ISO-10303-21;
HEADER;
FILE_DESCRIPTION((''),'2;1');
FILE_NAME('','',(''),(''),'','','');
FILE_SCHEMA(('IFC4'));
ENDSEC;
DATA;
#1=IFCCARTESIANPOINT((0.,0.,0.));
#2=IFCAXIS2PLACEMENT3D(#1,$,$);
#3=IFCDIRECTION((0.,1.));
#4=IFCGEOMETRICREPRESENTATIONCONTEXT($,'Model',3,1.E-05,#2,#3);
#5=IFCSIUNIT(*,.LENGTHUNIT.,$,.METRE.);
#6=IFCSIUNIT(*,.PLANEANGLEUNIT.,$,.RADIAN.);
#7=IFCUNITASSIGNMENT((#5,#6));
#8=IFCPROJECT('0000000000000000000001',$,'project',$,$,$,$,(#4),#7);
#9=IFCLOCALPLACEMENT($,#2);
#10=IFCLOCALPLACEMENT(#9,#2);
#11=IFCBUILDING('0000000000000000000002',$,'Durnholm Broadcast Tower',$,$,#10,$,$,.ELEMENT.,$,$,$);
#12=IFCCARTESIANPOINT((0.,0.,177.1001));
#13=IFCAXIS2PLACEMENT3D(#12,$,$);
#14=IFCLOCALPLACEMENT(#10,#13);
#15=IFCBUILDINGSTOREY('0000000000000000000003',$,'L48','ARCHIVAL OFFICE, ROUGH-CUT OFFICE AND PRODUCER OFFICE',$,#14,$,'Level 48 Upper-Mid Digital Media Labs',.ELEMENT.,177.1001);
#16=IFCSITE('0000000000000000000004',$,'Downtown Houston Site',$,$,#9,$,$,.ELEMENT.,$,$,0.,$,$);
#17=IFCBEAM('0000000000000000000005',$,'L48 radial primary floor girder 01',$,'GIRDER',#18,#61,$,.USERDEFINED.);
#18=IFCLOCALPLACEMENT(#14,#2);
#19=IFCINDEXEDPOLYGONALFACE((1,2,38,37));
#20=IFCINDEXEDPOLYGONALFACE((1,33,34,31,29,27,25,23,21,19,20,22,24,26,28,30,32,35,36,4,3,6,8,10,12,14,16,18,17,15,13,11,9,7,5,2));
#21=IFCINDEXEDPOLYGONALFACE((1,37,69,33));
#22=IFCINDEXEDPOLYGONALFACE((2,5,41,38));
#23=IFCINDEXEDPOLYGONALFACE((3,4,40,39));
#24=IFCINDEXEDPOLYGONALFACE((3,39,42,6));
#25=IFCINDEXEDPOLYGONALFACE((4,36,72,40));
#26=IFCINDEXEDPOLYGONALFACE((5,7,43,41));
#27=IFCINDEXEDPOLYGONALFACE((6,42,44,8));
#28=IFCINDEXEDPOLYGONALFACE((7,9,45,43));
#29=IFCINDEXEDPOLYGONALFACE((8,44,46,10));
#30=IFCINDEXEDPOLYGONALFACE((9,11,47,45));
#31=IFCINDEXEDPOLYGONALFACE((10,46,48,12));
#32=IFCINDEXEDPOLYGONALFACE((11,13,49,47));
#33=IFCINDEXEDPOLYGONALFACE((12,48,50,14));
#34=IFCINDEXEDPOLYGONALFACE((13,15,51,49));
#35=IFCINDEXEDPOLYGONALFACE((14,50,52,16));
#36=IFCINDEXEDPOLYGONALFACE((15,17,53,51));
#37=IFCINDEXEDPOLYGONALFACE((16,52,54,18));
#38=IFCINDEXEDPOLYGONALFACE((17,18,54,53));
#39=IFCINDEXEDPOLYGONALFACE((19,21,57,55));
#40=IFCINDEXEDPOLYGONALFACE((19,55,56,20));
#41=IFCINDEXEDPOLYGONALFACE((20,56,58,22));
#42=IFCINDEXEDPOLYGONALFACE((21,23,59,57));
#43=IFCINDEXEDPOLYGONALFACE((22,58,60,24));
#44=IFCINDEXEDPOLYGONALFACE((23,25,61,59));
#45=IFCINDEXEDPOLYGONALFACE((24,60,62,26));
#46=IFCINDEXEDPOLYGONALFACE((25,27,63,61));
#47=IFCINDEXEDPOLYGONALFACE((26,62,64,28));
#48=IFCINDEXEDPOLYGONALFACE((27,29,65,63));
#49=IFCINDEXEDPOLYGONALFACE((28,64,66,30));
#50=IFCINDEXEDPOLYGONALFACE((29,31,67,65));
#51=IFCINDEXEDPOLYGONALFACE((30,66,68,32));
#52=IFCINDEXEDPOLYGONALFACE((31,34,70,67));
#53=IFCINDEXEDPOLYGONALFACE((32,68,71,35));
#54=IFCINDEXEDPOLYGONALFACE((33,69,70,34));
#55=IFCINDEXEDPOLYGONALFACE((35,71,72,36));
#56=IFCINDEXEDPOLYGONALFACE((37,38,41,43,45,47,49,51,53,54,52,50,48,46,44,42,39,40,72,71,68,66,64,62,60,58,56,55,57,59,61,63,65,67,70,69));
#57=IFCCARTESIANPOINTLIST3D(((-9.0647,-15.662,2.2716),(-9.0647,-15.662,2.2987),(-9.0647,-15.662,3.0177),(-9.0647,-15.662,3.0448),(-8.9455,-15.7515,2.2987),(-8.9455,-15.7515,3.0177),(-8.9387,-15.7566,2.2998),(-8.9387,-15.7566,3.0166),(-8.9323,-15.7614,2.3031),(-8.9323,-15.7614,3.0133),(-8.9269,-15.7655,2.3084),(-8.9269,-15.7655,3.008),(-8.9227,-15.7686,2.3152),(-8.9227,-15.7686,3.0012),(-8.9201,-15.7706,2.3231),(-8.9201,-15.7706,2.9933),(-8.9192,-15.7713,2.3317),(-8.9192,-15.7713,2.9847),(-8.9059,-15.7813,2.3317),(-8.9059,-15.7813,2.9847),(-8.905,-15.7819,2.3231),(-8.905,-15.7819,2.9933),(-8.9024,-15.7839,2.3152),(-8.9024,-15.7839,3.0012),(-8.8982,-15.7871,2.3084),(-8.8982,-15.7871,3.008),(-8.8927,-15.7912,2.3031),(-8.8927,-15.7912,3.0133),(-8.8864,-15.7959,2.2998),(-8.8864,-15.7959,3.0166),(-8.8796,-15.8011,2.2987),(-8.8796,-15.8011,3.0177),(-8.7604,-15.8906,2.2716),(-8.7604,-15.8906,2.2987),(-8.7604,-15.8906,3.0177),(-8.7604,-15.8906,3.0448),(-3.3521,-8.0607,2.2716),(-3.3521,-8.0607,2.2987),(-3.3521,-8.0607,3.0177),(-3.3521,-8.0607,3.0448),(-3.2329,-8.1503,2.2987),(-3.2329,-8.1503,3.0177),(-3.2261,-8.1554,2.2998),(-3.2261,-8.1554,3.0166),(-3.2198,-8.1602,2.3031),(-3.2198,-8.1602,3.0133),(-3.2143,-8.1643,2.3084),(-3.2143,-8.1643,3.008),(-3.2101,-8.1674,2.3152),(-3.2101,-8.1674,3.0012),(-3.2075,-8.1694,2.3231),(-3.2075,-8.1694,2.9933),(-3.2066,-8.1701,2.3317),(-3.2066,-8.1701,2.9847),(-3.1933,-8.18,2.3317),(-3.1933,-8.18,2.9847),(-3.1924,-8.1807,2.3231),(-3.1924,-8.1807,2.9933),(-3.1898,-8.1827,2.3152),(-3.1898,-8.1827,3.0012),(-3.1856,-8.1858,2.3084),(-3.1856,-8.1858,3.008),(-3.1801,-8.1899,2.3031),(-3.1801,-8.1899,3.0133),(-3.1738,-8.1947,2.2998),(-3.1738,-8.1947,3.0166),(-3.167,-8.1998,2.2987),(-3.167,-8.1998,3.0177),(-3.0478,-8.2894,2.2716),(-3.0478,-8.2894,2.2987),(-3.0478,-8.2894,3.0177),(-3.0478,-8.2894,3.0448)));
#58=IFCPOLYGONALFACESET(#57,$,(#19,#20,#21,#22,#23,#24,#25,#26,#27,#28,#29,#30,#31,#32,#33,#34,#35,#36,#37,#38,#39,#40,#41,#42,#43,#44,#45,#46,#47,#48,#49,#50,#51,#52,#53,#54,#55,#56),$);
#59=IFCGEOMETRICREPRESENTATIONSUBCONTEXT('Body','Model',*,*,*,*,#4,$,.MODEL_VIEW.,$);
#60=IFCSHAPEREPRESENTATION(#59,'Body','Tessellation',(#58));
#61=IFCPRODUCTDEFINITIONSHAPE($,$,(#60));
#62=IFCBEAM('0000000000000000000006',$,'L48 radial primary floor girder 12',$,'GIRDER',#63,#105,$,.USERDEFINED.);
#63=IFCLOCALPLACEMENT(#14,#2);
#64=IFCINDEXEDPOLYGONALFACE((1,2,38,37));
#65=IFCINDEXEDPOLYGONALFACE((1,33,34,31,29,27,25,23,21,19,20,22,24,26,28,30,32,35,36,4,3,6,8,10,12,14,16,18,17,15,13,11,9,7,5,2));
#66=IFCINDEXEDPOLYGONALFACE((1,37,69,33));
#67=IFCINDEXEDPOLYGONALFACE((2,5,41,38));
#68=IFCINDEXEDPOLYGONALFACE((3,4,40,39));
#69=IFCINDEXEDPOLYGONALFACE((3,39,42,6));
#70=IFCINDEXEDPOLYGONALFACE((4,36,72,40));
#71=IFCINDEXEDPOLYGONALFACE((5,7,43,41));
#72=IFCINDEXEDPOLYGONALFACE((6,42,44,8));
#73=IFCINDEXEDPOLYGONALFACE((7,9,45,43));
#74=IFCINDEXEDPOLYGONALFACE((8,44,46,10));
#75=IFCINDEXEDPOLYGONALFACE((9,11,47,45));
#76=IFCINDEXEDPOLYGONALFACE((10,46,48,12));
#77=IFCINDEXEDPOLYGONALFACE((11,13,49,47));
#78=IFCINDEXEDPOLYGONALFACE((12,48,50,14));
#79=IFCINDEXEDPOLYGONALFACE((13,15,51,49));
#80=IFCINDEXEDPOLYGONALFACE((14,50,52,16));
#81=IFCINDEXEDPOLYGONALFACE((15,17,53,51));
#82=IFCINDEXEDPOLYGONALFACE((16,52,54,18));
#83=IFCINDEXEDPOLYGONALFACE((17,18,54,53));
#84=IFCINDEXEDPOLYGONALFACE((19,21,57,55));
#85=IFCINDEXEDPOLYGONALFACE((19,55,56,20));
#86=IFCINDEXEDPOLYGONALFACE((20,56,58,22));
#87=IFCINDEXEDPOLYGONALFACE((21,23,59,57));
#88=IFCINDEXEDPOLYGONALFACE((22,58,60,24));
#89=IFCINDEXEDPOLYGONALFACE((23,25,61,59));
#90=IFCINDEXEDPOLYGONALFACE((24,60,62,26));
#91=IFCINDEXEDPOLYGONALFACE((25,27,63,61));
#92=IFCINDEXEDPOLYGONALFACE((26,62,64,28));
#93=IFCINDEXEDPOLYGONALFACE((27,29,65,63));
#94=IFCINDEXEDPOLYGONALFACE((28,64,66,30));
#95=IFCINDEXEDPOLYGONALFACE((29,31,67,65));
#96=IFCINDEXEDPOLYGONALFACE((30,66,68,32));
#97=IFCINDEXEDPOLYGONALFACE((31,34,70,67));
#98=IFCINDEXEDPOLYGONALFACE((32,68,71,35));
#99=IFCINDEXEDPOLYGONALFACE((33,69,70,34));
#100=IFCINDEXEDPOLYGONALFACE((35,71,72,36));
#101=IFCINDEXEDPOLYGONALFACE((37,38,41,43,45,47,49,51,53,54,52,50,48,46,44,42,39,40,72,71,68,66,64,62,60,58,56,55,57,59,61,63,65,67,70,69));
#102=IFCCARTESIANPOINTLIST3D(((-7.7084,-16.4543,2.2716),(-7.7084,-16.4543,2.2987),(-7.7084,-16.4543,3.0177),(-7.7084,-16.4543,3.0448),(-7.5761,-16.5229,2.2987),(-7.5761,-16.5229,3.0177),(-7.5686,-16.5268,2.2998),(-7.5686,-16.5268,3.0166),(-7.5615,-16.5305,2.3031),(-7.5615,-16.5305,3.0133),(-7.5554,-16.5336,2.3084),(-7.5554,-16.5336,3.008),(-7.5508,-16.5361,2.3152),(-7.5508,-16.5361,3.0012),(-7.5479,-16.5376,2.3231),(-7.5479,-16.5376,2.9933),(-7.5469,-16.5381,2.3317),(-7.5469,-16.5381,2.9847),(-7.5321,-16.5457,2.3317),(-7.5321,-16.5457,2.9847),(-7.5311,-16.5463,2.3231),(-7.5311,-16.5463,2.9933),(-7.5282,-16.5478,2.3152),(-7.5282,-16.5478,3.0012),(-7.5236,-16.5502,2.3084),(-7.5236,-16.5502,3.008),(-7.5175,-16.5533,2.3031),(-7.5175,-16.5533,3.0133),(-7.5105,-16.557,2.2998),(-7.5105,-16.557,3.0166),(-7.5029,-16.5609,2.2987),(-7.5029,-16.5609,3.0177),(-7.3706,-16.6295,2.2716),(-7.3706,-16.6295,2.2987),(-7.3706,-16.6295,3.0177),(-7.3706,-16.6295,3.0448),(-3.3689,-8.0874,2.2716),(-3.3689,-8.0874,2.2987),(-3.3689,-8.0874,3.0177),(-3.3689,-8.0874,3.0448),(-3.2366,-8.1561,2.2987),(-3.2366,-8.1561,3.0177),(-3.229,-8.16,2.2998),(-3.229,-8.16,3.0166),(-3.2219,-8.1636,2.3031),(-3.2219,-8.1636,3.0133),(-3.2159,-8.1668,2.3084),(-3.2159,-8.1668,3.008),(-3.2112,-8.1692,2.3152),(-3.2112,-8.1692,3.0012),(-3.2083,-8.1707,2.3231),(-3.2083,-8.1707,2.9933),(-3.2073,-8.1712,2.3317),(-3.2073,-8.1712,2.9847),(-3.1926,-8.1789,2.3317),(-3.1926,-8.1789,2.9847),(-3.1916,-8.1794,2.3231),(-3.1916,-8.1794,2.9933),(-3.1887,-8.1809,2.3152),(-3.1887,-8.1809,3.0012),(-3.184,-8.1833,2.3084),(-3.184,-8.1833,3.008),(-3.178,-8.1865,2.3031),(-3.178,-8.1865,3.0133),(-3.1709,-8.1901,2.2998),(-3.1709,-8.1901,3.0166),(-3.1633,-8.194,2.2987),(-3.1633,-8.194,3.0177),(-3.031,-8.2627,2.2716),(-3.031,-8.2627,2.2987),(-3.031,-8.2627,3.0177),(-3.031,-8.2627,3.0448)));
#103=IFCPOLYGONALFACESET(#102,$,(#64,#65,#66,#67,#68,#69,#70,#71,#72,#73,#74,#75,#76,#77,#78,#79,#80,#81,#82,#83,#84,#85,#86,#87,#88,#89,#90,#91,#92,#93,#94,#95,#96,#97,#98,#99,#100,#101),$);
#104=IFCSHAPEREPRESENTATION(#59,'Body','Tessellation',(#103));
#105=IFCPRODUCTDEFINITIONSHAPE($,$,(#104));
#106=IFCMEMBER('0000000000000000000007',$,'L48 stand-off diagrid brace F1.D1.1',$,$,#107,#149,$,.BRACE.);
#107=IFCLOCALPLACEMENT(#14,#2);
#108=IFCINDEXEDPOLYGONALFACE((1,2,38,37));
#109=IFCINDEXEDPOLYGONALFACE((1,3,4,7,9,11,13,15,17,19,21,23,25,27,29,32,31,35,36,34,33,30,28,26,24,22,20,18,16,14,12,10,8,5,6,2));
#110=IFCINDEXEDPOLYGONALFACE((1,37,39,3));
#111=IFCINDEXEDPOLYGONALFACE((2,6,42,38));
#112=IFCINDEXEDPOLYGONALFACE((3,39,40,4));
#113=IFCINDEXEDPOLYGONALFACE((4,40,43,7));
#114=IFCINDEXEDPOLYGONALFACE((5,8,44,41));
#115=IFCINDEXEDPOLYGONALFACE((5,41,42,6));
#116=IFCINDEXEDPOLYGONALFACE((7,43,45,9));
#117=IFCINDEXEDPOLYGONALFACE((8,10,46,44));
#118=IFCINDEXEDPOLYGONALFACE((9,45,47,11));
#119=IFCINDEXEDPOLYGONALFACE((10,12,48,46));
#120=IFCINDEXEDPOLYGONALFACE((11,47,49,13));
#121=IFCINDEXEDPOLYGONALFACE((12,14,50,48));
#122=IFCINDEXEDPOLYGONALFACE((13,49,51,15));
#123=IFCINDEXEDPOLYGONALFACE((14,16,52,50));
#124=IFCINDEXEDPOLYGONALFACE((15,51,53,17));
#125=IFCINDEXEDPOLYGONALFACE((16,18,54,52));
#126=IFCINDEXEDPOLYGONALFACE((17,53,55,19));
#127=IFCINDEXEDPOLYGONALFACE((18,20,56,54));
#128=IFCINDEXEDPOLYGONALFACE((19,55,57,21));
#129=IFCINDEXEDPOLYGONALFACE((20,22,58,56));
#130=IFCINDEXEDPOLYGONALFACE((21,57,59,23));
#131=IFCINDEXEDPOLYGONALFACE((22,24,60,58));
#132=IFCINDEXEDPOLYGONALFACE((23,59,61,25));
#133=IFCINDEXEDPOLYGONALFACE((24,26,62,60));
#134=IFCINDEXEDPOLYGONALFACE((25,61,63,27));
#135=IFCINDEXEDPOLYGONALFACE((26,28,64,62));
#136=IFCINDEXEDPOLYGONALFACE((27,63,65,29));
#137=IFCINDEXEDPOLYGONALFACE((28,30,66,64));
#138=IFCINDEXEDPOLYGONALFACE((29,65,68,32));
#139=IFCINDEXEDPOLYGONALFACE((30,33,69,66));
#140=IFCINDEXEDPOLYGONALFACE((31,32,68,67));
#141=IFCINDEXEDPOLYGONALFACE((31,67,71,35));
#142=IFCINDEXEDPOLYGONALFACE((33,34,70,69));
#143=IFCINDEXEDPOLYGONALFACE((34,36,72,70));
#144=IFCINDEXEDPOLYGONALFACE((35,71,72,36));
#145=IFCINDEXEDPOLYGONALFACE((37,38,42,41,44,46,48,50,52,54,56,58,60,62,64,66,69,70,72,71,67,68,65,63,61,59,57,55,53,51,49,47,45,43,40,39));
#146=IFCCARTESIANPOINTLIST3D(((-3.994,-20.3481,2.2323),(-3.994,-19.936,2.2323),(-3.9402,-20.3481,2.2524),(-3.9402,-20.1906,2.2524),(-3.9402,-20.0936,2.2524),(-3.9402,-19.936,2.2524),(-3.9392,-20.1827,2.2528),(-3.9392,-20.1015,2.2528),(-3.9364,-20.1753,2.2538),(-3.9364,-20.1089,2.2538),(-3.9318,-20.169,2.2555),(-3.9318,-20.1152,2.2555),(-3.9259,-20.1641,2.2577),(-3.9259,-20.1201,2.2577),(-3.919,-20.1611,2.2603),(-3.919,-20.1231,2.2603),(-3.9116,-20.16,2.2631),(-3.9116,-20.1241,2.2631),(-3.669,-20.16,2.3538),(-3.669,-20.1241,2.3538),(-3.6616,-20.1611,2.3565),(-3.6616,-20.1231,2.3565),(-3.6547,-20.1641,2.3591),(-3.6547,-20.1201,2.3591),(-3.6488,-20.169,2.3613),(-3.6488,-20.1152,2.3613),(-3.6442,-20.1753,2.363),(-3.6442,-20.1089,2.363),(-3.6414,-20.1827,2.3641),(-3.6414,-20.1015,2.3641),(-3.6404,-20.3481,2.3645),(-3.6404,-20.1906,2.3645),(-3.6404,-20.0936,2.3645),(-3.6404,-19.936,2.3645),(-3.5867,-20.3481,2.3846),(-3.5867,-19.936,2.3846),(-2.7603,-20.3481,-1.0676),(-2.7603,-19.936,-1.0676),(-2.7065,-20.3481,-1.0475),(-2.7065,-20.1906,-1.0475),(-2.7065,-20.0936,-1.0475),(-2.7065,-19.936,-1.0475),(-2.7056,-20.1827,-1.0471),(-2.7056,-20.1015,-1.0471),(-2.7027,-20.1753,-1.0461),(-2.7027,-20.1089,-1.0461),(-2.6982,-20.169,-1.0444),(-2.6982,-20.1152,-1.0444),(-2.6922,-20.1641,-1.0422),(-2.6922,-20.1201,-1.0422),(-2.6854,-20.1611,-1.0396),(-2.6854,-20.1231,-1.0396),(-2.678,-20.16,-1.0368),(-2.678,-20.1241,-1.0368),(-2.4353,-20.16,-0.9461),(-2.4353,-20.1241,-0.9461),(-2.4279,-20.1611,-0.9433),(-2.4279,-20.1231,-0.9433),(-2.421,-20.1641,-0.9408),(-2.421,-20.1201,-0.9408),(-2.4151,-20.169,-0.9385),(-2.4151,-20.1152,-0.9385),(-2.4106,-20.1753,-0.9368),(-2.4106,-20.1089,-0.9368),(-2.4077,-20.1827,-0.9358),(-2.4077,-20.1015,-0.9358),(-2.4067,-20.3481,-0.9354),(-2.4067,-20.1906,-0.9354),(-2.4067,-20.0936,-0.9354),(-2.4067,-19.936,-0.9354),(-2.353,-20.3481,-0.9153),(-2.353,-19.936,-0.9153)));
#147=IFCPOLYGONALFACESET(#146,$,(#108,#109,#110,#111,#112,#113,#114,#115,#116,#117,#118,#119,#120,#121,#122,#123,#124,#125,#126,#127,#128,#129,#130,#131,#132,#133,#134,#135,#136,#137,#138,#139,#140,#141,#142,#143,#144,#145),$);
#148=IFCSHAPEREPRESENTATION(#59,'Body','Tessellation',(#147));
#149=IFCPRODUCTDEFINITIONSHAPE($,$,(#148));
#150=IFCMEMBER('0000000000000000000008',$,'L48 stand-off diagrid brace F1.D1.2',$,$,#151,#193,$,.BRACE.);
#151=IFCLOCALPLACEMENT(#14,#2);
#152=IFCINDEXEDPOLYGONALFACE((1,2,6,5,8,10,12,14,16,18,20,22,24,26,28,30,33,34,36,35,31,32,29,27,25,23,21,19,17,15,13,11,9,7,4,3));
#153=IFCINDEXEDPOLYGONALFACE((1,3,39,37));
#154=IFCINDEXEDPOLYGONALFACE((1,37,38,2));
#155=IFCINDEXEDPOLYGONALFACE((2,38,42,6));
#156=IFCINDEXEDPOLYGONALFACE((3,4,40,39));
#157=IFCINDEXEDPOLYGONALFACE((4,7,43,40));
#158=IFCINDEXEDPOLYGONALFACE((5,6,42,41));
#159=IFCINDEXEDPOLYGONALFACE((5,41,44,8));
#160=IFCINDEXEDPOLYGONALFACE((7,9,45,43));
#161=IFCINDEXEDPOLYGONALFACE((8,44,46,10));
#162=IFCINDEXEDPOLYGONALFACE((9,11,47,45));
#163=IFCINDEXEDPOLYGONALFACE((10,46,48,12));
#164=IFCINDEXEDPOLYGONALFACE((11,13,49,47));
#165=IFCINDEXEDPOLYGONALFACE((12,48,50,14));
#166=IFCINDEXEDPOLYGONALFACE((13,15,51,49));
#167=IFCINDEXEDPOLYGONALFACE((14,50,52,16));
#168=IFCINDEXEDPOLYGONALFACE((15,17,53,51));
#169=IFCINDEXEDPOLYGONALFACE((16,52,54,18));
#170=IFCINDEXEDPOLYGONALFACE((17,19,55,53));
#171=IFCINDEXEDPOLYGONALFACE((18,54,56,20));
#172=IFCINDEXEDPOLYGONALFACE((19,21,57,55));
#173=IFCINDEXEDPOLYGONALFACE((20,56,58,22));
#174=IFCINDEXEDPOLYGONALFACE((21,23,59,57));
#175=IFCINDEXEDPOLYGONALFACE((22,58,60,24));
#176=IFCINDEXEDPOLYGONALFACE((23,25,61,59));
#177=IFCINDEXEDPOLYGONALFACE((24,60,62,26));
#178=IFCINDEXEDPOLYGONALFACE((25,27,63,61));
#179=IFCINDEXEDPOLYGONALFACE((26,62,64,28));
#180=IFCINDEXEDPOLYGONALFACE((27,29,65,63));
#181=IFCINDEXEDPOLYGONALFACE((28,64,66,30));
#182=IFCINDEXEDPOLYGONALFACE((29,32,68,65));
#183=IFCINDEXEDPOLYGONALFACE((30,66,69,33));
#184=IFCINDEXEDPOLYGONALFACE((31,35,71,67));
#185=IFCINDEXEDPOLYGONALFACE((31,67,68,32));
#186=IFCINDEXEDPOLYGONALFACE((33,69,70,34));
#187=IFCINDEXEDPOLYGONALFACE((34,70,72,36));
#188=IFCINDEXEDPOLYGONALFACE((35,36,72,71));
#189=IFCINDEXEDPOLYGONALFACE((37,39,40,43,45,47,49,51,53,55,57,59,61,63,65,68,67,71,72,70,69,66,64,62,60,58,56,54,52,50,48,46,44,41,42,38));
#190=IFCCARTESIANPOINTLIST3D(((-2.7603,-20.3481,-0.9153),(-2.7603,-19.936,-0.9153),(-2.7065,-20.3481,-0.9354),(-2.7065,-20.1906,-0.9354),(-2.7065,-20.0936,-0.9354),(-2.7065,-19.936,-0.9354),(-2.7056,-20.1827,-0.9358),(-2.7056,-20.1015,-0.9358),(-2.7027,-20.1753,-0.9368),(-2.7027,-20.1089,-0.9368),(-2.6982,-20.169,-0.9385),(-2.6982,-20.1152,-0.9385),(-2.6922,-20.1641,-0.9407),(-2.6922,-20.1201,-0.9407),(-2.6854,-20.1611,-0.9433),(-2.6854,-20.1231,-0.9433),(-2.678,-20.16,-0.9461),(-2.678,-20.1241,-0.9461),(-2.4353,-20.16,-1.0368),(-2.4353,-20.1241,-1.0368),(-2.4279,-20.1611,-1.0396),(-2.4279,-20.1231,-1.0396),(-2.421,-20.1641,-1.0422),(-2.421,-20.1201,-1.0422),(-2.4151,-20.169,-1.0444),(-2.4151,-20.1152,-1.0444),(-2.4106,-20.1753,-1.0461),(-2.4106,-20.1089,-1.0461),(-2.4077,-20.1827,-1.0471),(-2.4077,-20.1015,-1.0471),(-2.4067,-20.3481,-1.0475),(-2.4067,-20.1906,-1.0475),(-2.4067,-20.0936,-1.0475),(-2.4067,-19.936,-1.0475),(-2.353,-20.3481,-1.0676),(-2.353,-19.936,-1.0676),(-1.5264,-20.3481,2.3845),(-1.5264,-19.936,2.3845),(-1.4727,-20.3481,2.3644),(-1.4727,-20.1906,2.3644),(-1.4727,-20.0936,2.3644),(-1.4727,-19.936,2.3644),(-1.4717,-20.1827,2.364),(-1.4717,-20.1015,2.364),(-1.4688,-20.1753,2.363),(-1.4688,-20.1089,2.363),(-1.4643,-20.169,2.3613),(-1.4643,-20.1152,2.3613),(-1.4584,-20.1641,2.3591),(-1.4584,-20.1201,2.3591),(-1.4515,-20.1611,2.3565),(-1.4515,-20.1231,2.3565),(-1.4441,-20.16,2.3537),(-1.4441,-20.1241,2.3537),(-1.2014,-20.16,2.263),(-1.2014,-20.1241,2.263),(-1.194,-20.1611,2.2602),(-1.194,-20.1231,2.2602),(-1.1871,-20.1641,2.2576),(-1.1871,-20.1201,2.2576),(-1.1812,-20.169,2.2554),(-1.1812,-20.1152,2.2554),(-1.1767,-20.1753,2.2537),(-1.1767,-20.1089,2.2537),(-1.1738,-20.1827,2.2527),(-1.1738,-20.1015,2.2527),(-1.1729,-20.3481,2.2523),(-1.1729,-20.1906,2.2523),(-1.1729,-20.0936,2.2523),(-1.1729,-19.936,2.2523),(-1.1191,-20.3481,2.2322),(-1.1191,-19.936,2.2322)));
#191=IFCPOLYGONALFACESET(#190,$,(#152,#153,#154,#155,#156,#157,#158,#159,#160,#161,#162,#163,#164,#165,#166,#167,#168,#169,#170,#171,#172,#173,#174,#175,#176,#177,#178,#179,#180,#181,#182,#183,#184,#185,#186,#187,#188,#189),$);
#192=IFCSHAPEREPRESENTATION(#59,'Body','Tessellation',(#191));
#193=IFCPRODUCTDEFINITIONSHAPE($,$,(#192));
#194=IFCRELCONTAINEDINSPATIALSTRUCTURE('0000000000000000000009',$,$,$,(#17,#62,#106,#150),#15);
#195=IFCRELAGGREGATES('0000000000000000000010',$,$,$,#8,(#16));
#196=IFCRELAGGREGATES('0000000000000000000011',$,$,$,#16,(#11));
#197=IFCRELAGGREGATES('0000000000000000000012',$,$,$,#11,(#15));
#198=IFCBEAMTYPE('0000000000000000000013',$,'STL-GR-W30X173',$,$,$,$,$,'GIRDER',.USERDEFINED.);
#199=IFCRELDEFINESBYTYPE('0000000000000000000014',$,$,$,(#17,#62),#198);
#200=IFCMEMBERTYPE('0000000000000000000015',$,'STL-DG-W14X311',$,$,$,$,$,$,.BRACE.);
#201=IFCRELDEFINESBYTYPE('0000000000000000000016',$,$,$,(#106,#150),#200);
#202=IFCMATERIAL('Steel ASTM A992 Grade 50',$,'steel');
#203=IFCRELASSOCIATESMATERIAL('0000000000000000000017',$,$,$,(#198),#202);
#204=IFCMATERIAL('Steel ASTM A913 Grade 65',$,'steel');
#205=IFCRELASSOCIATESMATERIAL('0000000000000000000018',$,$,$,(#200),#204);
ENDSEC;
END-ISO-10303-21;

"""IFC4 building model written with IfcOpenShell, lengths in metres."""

from ifc_helpers import new_model, si_unit, direction, frame, origin, origin_2d, place, context, subcontext, project, spatial, i_section, extrude, source, transform, mapped, material, material_profile, profile_set, type_object, type_shapes, element, save


model = new_model("IFC4")

# Units and contexts
model_context = context("Model", 3, precision=1e-05, world=origin(), true_north=direction((0.0, 1.0)))
body_context = subcontext(model_context, "Body", "Model", "MODEL_VIEW")
ifc_project = project(units=[si_unit("LENGTHUNIT", "METRE"), si_unit("PLANEANGLEUNIT", "RADIAN")], contexts=[model_context])

# Site, building, storey
site_placement = place(None, origin())
site = spatial("IfcSite", under=ifc_project, at=site_placement, Name="Downtown Houston Site", CompositionType="ELEMENT", RefElevation=0.0)
building_placement = place(site_placement, origin())
building = spatial("IfcBuilding", under=site, at=building_placement, Name="Durnholm Broadcast Tower", CompositionType="ELEMENT")
storey_placement = place(building_placement, frame((0.0, 0.0, 177.1001)))
storey = spatial("IfcBuildingStorey", under=building, at=storey_placement, Name="L48", Description="ARCHIVAL OFFICE, ROUGH-CUT OFFICE AND PRODUCER OFFICE", LongName="Level 48 Upper-Mid Digital Media Labs", CompositionType="ELEMENT", Elevation=177.1001)

# Beams
ifc_material_1 = material(Name="Steel ASTM A992 Grade 50", Category="steel")
ifc_material_profile_1 = material_profile(ifc_material_1, i_section(OverallWidth=0.3806, OverallDepth=0.7732, WebThickness=0.0166, FlangeThickness=0.0271, FilletRadius=0.033, at=origin_2d()), Name="W30X173")
ifc_profile_set_1 = profile_set([ifc_material_profile_1], Name="Steel ASTM A992 Grade 50")
beam_type_1 = type_object("IfcBeamType", Name="STL-GR-W30X173", ElementType="GIRDER", PredefinedType="USERDEFINED", material=ifc_profile_set_1)
shared_shape_1 = source(origin(), body_context, "Body", "SweptSolid", [
    extrude(i_section(OverallWidth=0.3806, OverallDepth=0.7732, WebThickness=0.0166, FlangeThickness=0.0271, FilletRadius=0.033, at=origin_2d()), origin(), (0.0, 0.0, 1.0), 9.5085),
])
beam_1_placement = place(storey_placement, frame((-3.2, -8.175, 2.6582), z_axis=(-0.600784, -0.799411, 0.0), x_axis=(0.799411, -0.600784, 0.0)))
element("IfcBeam", 1, at=beam_1_placement, inside=storey, type_object=beam_type_1, Name="L48 radial primary floor girder 01", ObjectType="GIRDER", PredefinedType="USERDEFINED", context=body_context, shape_type="MappedRepresentation", body=[
    mapped(shared_shape_1, transform((0.0, 0.0, 0.0), x_axis=(1.0, 0.0, 0.0), y_axis=(0.0, 1.0, 0.0), z_axis=(0.0, 0.0, 1.0), scale=1.0)),
])
shared_shape_2 = source(origin(), body_context, "Body", "SweptSolid", [
    extrude(i_section(OverallWidth=0.3806, OverallDepth=0.7732, WebThickness=0.0166, FlangeThickness=0.0271, FilletRadius=0.033, at=origin_2d()), origin(), (0.0, 0.0, 1.0), 9.4253),
])
type_shapes(beam_type_1, [shared_shape_1, shared_shape_2])
beam_2_placement = place(storey_placement, frame((-3.2, -8.175, 2.6582), z_axis=(-0.460416, -0.887703, 0.0), x_axis=(0.887703, -0.460416, 0.0)))
element("IfcBeam", 2, at=beam_2_placement, inside=storey, type_object=beam_type_1, Name="L48 radial primary floor girder 12", ObjectType="GIRDER", PredefinedType="USERDEFINED", context=body_context, shape_type="MappedRepresentation", body=[
    mapped(shared_shape_2, transform((0.0, 0.0, 0.0), x_axis=(1.0, 0.0, 0.0), y_axis=(0.0, 1.0, 0.0), z_axis=(0.0, 0.0, 1.0), scale=1.0)),
])

# Members
ifc_material_2 = material(Name="Steel ASTM A913 Grade 65", Category="steel")
ifc_material_profile_2 = material_profile(ifc_material_2, i_section(OverallWidth=0.4121, OverallDepth=0.4348, WebThickness=0.0359, FlangeThickness=0.0574, FilletRadius=0.0305, at=origin_2d()), Name="W14X311")
ifc_profile_set_2 = profile_set([ifc_material_profile_2], Name="Steel ASTM A913 Grade 65")
member_type_1 = type_object("IfcMemberType", Name="STL-DG-W14X311", PredefinedType="BRACE", material=ifc_profile_set_2)
shared_shape_3 = source(origin(), body_context, "Body", "SweptSolid", [
    extrude(i_section(OverallWidth=0.4121, OverallDepth=0.4348, WebThickness=0.0359, FlangeThickness=0.0574, FilletRadius=0.0305, at=origin_2d()), origin(), (0.0, 0.0, 1.0), 3.5229),
])
type_shapes(member_type_1, [shared_shape_3])
for number, where, z_axis, x_axis, name in (
    (3, (-2.5566, -20.1421, -0.9915), (-0.350182, 0.0, 0.936682), (0.0, -1.0, 0.0), "L48 stand-off diagrid brace F1.D1.1"),
    (4, (-2.5566, -20.1421, -0.9915), (0.350242, 0.0, 0.936659), (0.0, 1.0, 0.0), "L48 stand-off diagrid brace F1.D1.2"),
):
    element("IfcMember", number, at=place(storey_placement, frame(where, z_axis=z_axis, x_axis=x_axis)), inside=storey, type_object=member_type_1, Name=name, PredefinedType="BRACE", context=body_context, shape_type="MappedRepresentation", body=[
        mapped(shared_shape_3, transform((0.0, 0.0, 0.0), x_axis=(1.0, 0.0, 0.0), y_axis=(0.0, 1.0, 0.0), z_axis=(0.0, 0.0, 1.0), scale=1.0)),
    ])

save(model, "model.ifc")
